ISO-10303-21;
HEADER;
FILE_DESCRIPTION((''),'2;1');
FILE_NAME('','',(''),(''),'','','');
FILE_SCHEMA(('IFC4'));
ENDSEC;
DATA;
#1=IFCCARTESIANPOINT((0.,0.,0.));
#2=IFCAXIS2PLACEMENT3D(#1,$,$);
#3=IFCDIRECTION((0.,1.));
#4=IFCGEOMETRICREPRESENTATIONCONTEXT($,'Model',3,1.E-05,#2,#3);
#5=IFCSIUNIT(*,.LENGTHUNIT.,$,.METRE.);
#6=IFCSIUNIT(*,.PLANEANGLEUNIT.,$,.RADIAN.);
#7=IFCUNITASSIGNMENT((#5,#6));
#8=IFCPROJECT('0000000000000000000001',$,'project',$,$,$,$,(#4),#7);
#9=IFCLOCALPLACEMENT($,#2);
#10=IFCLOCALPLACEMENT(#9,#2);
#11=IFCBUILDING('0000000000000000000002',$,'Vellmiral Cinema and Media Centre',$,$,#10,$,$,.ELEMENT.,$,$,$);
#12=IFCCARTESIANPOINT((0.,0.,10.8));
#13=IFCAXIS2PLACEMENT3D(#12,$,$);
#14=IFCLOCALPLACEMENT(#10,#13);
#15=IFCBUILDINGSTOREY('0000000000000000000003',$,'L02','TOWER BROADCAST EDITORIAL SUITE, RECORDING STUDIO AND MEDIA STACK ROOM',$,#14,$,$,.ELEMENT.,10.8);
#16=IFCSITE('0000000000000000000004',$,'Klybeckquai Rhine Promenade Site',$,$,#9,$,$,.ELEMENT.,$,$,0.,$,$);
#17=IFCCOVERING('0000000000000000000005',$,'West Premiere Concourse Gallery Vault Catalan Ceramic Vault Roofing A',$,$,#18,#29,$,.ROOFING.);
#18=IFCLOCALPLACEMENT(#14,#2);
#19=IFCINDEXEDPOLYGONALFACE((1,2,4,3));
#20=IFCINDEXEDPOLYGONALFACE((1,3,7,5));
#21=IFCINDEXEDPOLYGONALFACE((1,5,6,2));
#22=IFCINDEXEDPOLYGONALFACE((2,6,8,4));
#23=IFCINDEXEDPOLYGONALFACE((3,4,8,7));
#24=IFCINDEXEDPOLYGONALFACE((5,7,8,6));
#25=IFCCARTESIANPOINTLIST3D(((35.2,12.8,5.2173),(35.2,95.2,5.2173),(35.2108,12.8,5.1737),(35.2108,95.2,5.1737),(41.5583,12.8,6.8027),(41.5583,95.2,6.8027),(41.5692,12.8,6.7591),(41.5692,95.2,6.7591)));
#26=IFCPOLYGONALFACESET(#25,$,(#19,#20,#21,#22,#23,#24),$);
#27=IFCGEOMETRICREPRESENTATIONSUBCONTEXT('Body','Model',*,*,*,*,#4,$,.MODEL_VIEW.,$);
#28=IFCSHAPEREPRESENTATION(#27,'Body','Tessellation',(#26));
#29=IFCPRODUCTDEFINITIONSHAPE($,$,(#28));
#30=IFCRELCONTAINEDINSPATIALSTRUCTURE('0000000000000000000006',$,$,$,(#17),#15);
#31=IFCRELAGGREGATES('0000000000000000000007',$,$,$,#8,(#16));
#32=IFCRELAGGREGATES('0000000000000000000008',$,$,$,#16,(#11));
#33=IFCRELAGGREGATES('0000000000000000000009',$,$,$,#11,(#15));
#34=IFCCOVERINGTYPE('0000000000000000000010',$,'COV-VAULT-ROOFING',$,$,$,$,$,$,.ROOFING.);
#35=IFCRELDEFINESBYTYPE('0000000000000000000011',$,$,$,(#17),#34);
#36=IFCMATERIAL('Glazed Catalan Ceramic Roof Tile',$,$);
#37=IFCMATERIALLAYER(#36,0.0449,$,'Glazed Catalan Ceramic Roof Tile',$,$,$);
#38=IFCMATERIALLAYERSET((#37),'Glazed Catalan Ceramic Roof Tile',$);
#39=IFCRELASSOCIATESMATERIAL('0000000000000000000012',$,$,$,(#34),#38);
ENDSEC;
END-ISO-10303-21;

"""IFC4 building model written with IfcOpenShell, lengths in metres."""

from ifc_helpers import new_model, si_unit, direction, frame, origin, place, context, subcontext, project, spatial, polyline, outline, extrude, material, layer, layer_set, type_object, element, save


model = new_model("IFC4")

# Units and contexts
model_context = context("Model", 3, precision=1e-05, world=origin(), true_north=direction((0.0, 1.0)))
body_context = subcontext(model_context, "Body", "Model", "MODEL_VIEW")
ifc_project = project(units=[si_unit("LENGTHUNIT", "METRE"), si_unit("PLANEANGLEUNIT", "RADIAN")], contexts=[model_context])

# Site, building, storey
site_placement = place(None, origin())
site = spatial("IfcSite", under=ifc_project, at=site_placement, Name="Klybeckquai Rhine Promenade Site", CompositionType="ELEMENT", RefElevation=0.0)
building_placement = place(site_placement, origin())
building = spatial("IfcBuilding", under=site, at=building_placement, Name="Vellmiral Cinema and Media Centre", CompositionType="ELEMENT")
storey_placement = place(building_placement, frame((0.0, 0.0, 10.8)))
storey = spatial("IfcBuildingStorey", under=building, at=storey_placement, Name="L02", Description="TOWER BROADCAST EDITORIAL SUITE, RECORDING STUDIO AND MEDIA STACK ROOM", CompositionType="ELEMENT", Elevation=10.8)

# Covering
ifc_material_1 = material(Name="Glazed Catalan Ceramic Roof Tile")
ifc_layer_1 = layer(ifc_material_1, 0.0449, Name="Glazed Catalan Ceramic Roof Tile")
ifc_layer_set_1 = layer_set([ifc_layer_1], Name="Glazed Catalan Ceramic Roof Tile")
covering_type = type_object("IfcCoveringType", Name="COV-VAULT-ROOFING", PredefinedType="ROOFING", material=ifc_layer_set_1)
covering_1_placement = place(storey_placement, frame((35.2, 12.8, 5.2173), z_axis=(-0.241939, 0.0, 0.970291), x_axis=(0.970291, 0.0, 0.241939)))
element("IfcCovering", 1, at=covering_1_placement, inside=storey, type_object=covering_type, Name="West Premiere Concourse Gallery Vault Catalan Ceramic Vault Roofing A", PredefinedType="ROOFING", context=body_context, shape_type="SweptSolid", body=[
    extrude(outline(polyline([(0.0, 0.0), (6.5531, 0.0), (6.5531, 82.3999), (0.0, 82.3999), (0.0, 0.0)])), origin(), (0.0, 0.0, -1.0), 0.0449),
])

save(model, "model.ifc")
